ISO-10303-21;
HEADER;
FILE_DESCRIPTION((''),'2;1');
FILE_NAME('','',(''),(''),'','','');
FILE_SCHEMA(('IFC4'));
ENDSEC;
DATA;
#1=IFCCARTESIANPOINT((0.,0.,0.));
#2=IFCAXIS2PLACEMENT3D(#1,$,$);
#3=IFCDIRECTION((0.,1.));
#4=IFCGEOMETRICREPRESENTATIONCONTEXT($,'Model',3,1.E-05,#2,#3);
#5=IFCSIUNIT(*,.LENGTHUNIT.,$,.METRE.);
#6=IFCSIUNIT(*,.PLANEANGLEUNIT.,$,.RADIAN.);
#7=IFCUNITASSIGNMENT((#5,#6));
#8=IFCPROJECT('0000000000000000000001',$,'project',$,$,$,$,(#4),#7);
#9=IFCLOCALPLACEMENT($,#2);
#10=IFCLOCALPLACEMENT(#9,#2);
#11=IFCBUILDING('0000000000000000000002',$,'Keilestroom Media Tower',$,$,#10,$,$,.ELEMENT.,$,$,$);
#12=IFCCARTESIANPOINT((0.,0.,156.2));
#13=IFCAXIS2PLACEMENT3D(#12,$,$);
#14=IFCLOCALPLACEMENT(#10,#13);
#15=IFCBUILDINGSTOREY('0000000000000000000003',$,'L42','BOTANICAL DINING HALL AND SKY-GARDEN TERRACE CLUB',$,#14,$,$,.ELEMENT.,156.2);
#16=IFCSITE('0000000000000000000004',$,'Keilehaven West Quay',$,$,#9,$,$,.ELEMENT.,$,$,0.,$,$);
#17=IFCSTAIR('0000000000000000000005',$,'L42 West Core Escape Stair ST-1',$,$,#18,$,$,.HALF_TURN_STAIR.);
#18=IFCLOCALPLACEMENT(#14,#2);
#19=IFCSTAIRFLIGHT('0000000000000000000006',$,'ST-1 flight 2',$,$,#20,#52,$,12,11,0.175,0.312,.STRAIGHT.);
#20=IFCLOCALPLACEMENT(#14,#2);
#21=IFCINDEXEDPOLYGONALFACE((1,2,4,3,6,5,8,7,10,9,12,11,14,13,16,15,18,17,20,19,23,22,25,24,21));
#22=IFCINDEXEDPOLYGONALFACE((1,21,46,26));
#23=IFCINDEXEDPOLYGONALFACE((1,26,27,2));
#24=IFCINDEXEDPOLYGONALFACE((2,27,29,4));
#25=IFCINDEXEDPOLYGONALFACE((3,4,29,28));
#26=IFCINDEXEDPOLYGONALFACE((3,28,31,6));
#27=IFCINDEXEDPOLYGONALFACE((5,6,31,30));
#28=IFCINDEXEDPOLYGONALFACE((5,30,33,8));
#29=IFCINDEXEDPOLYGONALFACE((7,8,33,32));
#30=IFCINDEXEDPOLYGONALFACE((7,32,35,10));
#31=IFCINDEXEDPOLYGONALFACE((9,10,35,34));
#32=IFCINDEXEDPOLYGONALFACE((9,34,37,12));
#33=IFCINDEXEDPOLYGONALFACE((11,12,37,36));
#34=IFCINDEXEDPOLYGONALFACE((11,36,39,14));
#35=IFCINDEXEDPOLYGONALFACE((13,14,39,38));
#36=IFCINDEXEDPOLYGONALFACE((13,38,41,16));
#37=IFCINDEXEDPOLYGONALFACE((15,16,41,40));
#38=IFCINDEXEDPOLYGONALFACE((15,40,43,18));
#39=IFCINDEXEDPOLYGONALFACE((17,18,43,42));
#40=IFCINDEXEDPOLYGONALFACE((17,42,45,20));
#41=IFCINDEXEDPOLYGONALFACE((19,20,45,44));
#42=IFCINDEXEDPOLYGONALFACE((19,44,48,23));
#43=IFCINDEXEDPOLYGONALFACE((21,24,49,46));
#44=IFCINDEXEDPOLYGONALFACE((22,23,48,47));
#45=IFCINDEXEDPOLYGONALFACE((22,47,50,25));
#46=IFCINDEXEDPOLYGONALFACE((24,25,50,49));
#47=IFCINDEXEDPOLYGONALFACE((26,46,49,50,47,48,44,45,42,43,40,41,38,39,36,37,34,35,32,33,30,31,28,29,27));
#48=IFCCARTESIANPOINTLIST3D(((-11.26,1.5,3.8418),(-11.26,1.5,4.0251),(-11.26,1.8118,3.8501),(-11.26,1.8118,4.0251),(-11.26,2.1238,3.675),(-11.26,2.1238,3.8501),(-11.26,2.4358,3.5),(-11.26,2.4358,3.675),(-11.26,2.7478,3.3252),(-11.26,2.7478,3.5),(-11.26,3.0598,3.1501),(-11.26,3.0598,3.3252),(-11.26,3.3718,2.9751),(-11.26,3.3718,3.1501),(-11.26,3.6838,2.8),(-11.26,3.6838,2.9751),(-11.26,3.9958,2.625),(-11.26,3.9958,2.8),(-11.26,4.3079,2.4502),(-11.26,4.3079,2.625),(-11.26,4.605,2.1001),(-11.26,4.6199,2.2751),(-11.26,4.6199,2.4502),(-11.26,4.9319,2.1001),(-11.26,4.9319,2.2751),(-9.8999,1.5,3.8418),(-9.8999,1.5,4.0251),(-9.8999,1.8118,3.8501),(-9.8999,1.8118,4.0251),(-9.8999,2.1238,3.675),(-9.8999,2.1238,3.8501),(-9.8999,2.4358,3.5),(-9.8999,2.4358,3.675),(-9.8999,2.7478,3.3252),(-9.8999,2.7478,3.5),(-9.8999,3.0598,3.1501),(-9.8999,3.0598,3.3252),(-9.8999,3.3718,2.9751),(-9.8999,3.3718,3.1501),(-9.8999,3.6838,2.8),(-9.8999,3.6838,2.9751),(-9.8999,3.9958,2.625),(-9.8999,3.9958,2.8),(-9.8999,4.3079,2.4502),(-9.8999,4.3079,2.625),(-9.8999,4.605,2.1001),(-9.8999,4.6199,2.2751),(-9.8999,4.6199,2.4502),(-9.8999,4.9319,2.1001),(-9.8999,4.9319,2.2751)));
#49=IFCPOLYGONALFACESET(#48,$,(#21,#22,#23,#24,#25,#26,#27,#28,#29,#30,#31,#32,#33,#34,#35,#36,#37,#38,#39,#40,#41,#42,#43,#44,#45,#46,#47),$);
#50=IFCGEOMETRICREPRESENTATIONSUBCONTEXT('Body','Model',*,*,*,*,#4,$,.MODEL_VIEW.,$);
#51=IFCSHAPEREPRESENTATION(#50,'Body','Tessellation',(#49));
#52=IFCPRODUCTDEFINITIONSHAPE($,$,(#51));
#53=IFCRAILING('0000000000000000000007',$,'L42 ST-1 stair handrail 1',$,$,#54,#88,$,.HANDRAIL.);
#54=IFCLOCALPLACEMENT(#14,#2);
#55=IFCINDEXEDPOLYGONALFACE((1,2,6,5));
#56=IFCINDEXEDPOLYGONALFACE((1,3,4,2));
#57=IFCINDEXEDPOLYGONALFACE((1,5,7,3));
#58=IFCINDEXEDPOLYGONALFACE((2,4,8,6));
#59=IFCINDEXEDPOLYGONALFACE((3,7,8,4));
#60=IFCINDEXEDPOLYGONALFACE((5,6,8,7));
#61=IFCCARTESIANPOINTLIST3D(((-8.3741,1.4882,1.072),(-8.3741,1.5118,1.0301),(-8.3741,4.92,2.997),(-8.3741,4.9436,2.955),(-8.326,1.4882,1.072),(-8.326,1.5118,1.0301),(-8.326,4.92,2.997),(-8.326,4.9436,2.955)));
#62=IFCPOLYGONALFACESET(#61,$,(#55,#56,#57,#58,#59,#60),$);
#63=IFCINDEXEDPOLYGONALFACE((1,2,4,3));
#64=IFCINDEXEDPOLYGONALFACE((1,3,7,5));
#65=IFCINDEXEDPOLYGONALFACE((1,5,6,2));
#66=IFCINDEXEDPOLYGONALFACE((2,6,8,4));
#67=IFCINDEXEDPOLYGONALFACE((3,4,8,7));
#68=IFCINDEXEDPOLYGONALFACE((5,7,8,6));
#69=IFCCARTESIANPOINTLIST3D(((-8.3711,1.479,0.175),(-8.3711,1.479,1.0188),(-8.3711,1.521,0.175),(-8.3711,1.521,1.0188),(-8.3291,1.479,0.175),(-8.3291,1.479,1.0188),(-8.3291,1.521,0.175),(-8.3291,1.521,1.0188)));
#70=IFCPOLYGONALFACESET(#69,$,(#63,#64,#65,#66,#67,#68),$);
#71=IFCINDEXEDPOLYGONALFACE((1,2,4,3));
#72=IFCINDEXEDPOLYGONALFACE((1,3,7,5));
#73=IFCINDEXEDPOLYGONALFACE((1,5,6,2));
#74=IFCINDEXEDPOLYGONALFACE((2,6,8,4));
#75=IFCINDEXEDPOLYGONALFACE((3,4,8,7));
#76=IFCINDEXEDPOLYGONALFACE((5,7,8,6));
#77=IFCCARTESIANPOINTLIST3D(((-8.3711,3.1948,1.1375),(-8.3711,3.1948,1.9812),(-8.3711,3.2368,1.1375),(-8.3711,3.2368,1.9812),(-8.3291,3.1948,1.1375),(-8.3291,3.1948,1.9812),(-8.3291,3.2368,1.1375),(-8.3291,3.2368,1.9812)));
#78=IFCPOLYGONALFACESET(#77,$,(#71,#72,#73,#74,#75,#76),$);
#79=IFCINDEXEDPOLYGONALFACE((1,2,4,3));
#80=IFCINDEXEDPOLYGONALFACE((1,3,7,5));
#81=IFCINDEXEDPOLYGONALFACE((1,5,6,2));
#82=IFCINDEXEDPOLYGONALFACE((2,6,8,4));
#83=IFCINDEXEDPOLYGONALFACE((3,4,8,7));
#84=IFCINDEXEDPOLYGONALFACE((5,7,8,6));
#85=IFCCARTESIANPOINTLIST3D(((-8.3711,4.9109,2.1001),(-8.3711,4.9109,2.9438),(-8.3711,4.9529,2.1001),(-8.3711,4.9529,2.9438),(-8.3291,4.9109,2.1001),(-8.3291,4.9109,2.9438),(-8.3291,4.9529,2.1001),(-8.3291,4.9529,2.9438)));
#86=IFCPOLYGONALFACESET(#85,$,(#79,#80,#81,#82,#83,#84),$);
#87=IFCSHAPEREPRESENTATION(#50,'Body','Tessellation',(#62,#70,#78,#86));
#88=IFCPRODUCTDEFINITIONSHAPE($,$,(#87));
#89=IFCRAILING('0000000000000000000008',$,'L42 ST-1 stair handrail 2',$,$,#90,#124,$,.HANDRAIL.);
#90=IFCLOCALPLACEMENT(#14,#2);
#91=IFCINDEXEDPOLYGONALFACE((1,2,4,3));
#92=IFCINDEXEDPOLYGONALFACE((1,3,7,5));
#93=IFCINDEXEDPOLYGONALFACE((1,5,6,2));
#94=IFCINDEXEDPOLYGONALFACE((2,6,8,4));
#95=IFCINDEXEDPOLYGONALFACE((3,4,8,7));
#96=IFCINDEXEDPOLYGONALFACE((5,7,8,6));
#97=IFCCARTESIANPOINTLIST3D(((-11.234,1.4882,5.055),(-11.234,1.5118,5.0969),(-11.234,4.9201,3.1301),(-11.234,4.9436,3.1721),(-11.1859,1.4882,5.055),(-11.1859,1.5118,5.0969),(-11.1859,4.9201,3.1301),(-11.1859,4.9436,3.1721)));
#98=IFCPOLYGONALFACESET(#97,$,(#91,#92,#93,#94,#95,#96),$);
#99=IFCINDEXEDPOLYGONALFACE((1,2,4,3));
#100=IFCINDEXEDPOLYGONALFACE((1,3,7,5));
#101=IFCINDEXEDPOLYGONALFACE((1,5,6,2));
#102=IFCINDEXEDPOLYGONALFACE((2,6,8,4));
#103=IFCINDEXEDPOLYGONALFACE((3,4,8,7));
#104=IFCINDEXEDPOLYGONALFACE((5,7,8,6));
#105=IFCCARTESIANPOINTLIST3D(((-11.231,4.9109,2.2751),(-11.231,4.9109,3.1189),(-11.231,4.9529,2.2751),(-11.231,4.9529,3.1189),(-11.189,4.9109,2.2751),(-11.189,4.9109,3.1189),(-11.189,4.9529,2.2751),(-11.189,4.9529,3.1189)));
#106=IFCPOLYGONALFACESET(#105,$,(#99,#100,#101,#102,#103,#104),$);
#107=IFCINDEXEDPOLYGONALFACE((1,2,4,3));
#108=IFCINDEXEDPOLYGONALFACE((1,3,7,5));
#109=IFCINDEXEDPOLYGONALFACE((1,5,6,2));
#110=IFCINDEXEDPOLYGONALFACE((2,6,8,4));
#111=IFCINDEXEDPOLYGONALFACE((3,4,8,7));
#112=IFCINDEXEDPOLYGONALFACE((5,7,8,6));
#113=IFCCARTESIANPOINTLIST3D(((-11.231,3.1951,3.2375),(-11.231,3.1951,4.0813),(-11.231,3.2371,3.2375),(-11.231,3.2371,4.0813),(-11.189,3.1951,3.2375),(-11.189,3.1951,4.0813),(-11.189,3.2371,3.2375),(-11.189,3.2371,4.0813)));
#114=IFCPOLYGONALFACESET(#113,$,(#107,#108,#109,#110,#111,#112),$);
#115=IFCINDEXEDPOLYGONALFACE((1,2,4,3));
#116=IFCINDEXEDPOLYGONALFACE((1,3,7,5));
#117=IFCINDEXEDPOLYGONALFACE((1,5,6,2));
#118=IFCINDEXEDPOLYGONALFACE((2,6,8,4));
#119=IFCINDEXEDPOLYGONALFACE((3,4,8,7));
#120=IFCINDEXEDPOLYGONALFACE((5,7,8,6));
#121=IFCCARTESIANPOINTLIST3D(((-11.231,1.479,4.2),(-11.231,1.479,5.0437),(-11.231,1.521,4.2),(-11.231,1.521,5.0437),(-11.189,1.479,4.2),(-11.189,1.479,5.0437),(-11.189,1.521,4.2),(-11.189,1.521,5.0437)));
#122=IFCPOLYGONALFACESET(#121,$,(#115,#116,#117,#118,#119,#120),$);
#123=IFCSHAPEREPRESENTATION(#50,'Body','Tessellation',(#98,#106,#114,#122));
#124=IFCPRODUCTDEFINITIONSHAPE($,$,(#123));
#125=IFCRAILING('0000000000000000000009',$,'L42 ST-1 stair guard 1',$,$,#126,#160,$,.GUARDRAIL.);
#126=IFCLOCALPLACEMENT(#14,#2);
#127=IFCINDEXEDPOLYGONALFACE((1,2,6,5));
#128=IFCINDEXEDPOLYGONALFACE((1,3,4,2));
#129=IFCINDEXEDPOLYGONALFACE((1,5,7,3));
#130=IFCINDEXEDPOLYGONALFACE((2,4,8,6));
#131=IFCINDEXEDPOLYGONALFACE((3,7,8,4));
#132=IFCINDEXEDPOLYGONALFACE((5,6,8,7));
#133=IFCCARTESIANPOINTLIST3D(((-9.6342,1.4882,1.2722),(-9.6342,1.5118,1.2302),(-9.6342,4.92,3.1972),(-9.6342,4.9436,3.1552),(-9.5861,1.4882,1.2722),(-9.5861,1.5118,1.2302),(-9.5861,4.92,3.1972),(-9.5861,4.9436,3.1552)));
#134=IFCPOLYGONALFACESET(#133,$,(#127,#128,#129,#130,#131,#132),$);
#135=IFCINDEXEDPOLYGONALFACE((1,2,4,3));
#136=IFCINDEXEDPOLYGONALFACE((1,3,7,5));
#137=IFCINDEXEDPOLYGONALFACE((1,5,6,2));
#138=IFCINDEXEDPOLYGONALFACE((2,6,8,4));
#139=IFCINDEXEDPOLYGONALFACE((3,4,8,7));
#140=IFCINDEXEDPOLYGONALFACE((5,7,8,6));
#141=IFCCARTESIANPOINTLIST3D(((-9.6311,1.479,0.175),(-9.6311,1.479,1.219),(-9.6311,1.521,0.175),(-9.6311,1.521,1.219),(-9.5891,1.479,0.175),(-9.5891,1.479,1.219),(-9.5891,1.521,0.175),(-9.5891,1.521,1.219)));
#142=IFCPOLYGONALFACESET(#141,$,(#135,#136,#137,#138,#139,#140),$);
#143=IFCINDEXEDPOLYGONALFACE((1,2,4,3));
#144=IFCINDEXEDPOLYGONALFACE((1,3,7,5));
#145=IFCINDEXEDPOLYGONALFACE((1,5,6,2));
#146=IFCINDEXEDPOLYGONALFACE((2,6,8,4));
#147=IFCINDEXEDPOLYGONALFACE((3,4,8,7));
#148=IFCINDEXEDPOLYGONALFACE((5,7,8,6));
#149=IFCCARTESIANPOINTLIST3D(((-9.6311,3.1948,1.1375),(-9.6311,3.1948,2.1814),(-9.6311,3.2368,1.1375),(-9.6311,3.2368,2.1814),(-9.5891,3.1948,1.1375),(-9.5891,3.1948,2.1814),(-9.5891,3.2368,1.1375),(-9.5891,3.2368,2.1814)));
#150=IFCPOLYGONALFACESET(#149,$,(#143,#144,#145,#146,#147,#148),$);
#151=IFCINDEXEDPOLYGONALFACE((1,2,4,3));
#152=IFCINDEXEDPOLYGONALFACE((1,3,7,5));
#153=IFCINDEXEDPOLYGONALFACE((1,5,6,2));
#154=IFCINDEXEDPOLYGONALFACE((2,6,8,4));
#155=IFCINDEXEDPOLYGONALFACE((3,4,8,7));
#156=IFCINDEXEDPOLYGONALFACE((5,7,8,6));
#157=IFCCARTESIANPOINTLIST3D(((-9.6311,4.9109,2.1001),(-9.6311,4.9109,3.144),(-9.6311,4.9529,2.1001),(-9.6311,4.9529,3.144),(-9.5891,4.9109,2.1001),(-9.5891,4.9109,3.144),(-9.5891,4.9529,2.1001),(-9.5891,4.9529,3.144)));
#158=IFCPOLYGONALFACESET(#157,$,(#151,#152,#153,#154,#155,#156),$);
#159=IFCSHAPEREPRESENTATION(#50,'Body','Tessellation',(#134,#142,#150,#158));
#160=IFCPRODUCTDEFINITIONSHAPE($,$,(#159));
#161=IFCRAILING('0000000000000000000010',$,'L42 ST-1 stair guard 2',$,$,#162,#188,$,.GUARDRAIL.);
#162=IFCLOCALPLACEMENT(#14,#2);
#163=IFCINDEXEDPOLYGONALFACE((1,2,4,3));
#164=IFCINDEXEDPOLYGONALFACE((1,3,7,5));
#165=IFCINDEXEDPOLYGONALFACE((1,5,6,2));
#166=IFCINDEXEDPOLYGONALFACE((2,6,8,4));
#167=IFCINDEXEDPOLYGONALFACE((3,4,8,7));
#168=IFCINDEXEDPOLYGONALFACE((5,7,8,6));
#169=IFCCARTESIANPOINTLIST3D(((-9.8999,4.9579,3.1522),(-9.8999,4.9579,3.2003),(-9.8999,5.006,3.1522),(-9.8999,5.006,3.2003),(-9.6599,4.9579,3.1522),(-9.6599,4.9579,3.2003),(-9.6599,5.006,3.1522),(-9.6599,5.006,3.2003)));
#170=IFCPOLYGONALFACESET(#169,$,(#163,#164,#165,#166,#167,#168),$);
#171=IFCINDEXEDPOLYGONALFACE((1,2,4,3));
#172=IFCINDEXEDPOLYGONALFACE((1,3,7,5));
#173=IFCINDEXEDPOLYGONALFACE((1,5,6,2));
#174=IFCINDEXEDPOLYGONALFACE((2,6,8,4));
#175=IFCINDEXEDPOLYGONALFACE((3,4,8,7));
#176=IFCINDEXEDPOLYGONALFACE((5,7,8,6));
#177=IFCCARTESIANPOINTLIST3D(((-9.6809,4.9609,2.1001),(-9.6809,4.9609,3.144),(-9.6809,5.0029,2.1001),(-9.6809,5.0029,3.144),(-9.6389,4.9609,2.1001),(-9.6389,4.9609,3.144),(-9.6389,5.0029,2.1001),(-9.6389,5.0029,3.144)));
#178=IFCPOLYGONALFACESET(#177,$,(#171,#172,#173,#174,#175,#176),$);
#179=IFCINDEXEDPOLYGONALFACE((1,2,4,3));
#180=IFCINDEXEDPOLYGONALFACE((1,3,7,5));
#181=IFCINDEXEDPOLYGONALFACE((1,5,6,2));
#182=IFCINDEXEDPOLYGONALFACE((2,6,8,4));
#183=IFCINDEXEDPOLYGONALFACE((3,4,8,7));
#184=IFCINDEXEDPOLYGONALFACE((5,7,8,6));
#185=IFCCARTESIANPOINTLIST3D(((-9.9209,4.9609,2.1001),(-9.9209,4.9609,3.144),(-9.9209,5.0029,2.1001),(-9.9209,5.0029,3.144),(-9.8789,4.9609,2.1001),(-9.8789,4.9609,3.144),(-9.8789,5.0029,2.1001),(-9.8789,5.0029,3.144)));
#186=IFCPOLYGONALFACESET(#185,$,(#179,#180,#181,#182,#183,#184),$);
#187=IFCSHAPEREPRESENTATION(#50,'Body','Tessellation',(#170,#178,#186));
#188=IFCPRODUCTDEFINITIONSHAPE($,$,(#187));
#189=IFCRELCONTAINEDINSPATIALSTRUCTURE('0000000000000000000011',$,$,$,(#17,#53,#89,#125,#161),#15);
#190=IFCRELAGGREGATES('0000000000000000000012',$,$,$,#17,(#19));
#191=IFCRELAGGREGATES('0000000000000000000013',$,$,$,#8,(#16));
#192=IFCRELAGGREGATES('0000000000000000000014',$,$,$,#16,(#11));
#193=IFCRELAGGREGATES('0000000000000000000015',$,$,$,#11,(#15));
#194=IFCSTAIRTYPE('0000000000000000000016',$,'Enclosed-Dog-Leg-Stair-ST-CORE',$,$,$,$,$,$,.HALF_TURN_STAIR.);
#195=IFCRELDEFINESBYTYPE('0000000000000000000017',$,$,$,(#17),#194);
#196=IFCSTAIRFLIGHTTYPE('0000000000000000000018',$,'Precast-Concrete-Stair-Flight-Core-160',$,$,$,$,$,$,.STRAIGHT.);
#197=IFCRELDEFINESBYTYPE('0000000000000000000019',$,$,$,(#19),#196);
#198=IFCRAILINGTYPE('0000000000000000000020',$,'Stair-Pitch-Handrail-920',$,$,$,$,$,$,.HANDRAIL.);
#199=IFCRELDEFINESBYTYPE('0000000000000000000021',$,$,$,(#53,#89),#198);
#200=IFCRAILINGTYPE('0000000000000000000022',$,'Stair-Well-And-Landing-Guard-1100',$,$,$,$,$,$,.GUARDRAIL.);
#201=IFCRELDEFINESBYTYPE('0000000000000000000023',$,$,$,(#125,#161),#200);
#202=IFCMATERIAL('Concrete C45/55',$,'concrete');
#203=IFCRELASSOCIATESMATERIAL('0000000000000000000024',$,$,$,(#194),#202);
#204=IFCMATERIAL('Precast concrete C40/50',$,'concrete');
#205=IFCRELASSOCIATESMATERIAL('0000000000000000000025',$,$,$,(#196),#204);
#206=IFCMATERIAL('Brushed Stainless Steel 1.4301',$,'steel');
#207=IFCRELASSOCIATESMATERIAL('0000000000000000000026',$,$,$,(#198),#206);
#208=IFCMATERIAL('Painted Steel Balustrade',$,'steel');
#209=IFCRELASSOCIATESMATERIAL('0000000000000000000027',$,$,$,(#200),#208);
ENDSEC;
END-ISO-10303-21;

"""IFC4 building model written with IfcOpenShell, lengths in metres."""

from ifc_helpers import new_model, si_unit, direction, frame, origin, origin_2d, place, context, subcontext, project, spatial, polyline, rectangle, outline, extrude, material, type_object, element, aggregate, save


model = new_model("IFC4")

# Units and contexts
model_context = context("Model", 3, precision=1e-05, world=origin(), true_north=direction((0.0, 1.0)))
body_context = subcontext(model_context, "Body", "Model", "MODEL_VIEW")
ifc_project = project(units=[si_unit("LENGTHUNIT", "METRE"), si_unit("PLANEANGLEUNIT", "RADIAN")], contexts=[model_context])

# Site, building, storey
site_placement = place(None, origin())
site = spatial("IfcSite", under=ifc_project, at=site_placement, Name="Keilehaven West Quay", CompositionType="ELEMENT", RefElevation=0.0)
building_placement = place(site_placement, origin())
building = spatial("IfcBuilding", under=site, at=building_placement, Name="Keilestroom Media Tower", CompositionType="ELEMENT")
storey_placement = place(building_placement, frame((0.0, 0.0, 156.2)))
storey = spatial("IfcBuildingStorey", under=building, at=storey_placement, Name="L42", Description="BOTANICAL DINING HALL AND SKY-GARDEN TERRACE CLUB", CompositionType="ELEMENT", Elevation=156.2)

# Shared definitions
ifc_material_1 = material(Name="Precast concrete C40/50", Category="concrete")

# Shared definitions
ifc_material_2 = material(Name="Concrete C45/55", Category="concrete")

# Stair, stair flight
stair_type = type_object("IfcStairType", Name="Enclosed-Dog-Leg-Stair-ST-CORE", PredefinedType="HALF_TURN_STAIR", material=ifc_material_2)
stair_placement = place(storey_placement, origin())
stair = element("IfcStair", 1, at=stair_placement, inside=storey, type_object=stair_type, Name="L42 West Core Escape Stair ST-1", PredefinedType="HALF_TURN_STAIR")
stair_flight_type = type_object("IfcStairFlightType", Name="Precast-Concrete-Stair-Flight-Core-160", PredefinedType="STRAIGHT", material=ifc_material_1)
stair_flight_1_placement = place(storey_placement, frame((-10.5801, 4.9319, 2.1001), z_axis=(0.0, 0.0, 1.0), x_axis=(0.0, -1.0, 0.0)))
stair_flight_1 = element("IfcStairFlight", 2, at=stair_flight_1_placement, type_object=stair_flight_type, Name="ST-1 flight 2", NumberOfRisers=12, NumberOfTreads=11, PredefinedType="STRAIGHT", RiserHeight=0.175, TreadLength=0.312, context=body_context, shape_type="SweptSolid", body=[
    extrude(outline(polyline([(0.0, 0.0), (0.0, 0.175), (0.312, 0.175), (0.312, 0.3501), (0.624, 0.3501), (0.624, 0.5249), (0.936, 0.5249), (0.936, 0.7), (1.248, 0.7), (1.248, 0.875), (1.5601, 0.875), (1.5601, 1.05), (1.8721, 1.05), (1.8721, 1.2251), (2.1841, 1.2251), (2.1841, 1.3999), (2.4961, 1.3999), (2.4961, 1.575), (2.8081, 1.575), (2.8081, 1.75), (3.1201, 1.75), (3.1201, 1.925), (3.4319, 1.925), (3.4319, 2.1001), (3.4319, 1.7417), (0.3269, 0.0), (0.0, 0.0)])), frame((0.0, 0.6802, 0.0), z_axis=(0.0, -1.0, 0.0), x_axis=(1.0, 0.0, 0.0)), (0.0, 0.0, 1.0), 1.3601),
])
aggregate(stair, [stair_flight_1])

# Railings
ifc_material_3 = material(Name="Brushed Stainless Steel 1.4301", Category="steel")
railing_type_1 = type_object("IfcRailingType", Name="Stair-Pitch-Handrail-920", PredefinedType="HANDRAIL", material=ifc_material_3)
railing_1_placement = place(storey_placement, frame((-8.3501, 1.5, 0.175)))
element("IfcRailing", 3, at=railing_1_placement, inside=storey, type_object=railing_type_1, Name="L42 ST-1 stair handrail 1", PredefinedType="HANDRAIL", context=body_context, shape_type="SweptSolid", body=[
    extrude(rectangle(XDim=0.0481, YDim=0.0481, at=origin_2d()), frame((0.0, 0.0, 0.876), z_axis=(0.0, 0.87216, 0.489221), x_axis=(-1.0, 0.0, 0.0)), (0.0, 0.0, 1.0), 3.9348),
    extrude(rectangle(XDim=0.042, YDim=0.042, at=origin_2d()), origin(), (0.0, 0.0, 1.0), 0.8438),
    extrude(rectangle(XDim=0.042, YDim=0.042, at=origin_2d()), frame((0.0, 1.7158, 0.9624)), (0.0, 0.0, 1.0), 0.8438),
    extrude(rectangle(XDim=0.042, YDim=0.042, at=origin_2d()), frame((0.0, 3.4319, 1.925)), (0.0, 0.0, 1.0), 0.8438),
])
railing_2_placement = place(storey_placement, frame((-11.21, 4.9319, 2.2751)))
element("IfcRailing", 4, at=railing_2_placement, inside=storey, type_object=railing_type_1, Name="L42 ST-1 stair handrail 2", PredefinedType="HANDRAIL", context=body_context, shape_type="SweptSolid", body=[
    extrude(rectangle(XDim=0.0481, YDim=0.0481, at=origin_2d()), frame((0.0, 0.0, 0.876), z_axis=(0.0, -0.872186, 0.489174), x_axis=(1.0, 0.0, 0.0)), (0.0, 0.0, 1.0), 3.9348),
    extrude(rectangle(XDim=0.042, YDim=0.042, at=origin_2d()), origin(), (0.0, 0.0, 1.0), 0.8438),
    extrude(rectangle(XDim=0.042, YDim=0.042, at=origin_2d()), frame((0.0, -1.7158, 0.9624)), (0.0, 0.0, 1.0), 0.8438),
    extrude(rectangle(XDim=0.042, YDim=0.042, at=origin_2d()), frame((0.0, -3.4319, 1.9248)), (0.0, 0.0, 1.0), 0.8438),
])
ifc_material_4 = material(Name="Painted Steel Balustrade", Category="steel")
railing_type_2 = type_object("IfcRailingType", Name="Stair-Well-And-Landing-Guard-1100", PredefinedType="GUARDRAIL", material=ifc_material_4)
railing_3_placement = place(storey_placement, frame((-9.6101, 1.5, 0.175)))
element("IfcRailing", 5, at=railing_3_placement, inside=storey, type_object=railing_type_2, Name="L42 ST-1 stair guard 1", PredefinedType="GUARDRAIL", context=body_context, shape_type="SweptSolid", body=[
    extrude(rectangle(XDim=0.0481, YDim=0.0481, at=origin_2d()), frame((0.0, 0.0, 1.0762), z_axis=(0.0, 0.87216, 0.489221), x_axis=(-1.0, 0.0, 0.0)), (0.0, 0.0, 1.0), 3.9348),
    extrude(rectangle(XDim=0.042, YDim=0.042, at=origin_2d()), origin(), (0.0, 0.0, 1.0), 1.0439),
    extrude(rectangle(XDim=0.042, YDim=0.042, at=origin_2d()), frame((0.0, 1.7158, 0.9624)), (0.0, 0.0, 1.0), 1.0439),
    extrude(rectangle(XDim=0.042, YDim=0.042, at=origin_2d()), frame((0.0, 3.4319, 1.925)), (0.0, 0.0, 1.0), 1.0439),
])
railing_4_placement = place(storey_placement, frame((-9.6599, 4.9819, 2.1001)))
element("IfcRailing", 6, at=railing_4_placement, inside=storey, type_object=railing_type_2, Name="L42 ST-1 stair guard 2", PredefinedType="GUARDRAIL", context=body_context, shape_type="SweptSolid", body=[
    extrude(rectangle(XDim=0.0481, YDim=0.0481, at=origin_2d()), frame((0.0, 0.0, 1.0762), z_axis=(-1.0, 0.0, 0.0), x_axis=(0.0, -1.0, 0.0)), (0.0, 0.0, 1.0), 0.24),
    extrude(rectangle(XDim=0.042, YDim=0.042, at=origin_2d()), origin(), (0.0, 0.0, 1.0), 1.0439),
    extrude(rectangle(XDim=0.042, YDim=0.042, at=origin_2d()), frame((-0.24, 0.0, 0.0)), (0.0, 0.0, 1.0), 1.0439),
])

save(model, "model.ifc")
